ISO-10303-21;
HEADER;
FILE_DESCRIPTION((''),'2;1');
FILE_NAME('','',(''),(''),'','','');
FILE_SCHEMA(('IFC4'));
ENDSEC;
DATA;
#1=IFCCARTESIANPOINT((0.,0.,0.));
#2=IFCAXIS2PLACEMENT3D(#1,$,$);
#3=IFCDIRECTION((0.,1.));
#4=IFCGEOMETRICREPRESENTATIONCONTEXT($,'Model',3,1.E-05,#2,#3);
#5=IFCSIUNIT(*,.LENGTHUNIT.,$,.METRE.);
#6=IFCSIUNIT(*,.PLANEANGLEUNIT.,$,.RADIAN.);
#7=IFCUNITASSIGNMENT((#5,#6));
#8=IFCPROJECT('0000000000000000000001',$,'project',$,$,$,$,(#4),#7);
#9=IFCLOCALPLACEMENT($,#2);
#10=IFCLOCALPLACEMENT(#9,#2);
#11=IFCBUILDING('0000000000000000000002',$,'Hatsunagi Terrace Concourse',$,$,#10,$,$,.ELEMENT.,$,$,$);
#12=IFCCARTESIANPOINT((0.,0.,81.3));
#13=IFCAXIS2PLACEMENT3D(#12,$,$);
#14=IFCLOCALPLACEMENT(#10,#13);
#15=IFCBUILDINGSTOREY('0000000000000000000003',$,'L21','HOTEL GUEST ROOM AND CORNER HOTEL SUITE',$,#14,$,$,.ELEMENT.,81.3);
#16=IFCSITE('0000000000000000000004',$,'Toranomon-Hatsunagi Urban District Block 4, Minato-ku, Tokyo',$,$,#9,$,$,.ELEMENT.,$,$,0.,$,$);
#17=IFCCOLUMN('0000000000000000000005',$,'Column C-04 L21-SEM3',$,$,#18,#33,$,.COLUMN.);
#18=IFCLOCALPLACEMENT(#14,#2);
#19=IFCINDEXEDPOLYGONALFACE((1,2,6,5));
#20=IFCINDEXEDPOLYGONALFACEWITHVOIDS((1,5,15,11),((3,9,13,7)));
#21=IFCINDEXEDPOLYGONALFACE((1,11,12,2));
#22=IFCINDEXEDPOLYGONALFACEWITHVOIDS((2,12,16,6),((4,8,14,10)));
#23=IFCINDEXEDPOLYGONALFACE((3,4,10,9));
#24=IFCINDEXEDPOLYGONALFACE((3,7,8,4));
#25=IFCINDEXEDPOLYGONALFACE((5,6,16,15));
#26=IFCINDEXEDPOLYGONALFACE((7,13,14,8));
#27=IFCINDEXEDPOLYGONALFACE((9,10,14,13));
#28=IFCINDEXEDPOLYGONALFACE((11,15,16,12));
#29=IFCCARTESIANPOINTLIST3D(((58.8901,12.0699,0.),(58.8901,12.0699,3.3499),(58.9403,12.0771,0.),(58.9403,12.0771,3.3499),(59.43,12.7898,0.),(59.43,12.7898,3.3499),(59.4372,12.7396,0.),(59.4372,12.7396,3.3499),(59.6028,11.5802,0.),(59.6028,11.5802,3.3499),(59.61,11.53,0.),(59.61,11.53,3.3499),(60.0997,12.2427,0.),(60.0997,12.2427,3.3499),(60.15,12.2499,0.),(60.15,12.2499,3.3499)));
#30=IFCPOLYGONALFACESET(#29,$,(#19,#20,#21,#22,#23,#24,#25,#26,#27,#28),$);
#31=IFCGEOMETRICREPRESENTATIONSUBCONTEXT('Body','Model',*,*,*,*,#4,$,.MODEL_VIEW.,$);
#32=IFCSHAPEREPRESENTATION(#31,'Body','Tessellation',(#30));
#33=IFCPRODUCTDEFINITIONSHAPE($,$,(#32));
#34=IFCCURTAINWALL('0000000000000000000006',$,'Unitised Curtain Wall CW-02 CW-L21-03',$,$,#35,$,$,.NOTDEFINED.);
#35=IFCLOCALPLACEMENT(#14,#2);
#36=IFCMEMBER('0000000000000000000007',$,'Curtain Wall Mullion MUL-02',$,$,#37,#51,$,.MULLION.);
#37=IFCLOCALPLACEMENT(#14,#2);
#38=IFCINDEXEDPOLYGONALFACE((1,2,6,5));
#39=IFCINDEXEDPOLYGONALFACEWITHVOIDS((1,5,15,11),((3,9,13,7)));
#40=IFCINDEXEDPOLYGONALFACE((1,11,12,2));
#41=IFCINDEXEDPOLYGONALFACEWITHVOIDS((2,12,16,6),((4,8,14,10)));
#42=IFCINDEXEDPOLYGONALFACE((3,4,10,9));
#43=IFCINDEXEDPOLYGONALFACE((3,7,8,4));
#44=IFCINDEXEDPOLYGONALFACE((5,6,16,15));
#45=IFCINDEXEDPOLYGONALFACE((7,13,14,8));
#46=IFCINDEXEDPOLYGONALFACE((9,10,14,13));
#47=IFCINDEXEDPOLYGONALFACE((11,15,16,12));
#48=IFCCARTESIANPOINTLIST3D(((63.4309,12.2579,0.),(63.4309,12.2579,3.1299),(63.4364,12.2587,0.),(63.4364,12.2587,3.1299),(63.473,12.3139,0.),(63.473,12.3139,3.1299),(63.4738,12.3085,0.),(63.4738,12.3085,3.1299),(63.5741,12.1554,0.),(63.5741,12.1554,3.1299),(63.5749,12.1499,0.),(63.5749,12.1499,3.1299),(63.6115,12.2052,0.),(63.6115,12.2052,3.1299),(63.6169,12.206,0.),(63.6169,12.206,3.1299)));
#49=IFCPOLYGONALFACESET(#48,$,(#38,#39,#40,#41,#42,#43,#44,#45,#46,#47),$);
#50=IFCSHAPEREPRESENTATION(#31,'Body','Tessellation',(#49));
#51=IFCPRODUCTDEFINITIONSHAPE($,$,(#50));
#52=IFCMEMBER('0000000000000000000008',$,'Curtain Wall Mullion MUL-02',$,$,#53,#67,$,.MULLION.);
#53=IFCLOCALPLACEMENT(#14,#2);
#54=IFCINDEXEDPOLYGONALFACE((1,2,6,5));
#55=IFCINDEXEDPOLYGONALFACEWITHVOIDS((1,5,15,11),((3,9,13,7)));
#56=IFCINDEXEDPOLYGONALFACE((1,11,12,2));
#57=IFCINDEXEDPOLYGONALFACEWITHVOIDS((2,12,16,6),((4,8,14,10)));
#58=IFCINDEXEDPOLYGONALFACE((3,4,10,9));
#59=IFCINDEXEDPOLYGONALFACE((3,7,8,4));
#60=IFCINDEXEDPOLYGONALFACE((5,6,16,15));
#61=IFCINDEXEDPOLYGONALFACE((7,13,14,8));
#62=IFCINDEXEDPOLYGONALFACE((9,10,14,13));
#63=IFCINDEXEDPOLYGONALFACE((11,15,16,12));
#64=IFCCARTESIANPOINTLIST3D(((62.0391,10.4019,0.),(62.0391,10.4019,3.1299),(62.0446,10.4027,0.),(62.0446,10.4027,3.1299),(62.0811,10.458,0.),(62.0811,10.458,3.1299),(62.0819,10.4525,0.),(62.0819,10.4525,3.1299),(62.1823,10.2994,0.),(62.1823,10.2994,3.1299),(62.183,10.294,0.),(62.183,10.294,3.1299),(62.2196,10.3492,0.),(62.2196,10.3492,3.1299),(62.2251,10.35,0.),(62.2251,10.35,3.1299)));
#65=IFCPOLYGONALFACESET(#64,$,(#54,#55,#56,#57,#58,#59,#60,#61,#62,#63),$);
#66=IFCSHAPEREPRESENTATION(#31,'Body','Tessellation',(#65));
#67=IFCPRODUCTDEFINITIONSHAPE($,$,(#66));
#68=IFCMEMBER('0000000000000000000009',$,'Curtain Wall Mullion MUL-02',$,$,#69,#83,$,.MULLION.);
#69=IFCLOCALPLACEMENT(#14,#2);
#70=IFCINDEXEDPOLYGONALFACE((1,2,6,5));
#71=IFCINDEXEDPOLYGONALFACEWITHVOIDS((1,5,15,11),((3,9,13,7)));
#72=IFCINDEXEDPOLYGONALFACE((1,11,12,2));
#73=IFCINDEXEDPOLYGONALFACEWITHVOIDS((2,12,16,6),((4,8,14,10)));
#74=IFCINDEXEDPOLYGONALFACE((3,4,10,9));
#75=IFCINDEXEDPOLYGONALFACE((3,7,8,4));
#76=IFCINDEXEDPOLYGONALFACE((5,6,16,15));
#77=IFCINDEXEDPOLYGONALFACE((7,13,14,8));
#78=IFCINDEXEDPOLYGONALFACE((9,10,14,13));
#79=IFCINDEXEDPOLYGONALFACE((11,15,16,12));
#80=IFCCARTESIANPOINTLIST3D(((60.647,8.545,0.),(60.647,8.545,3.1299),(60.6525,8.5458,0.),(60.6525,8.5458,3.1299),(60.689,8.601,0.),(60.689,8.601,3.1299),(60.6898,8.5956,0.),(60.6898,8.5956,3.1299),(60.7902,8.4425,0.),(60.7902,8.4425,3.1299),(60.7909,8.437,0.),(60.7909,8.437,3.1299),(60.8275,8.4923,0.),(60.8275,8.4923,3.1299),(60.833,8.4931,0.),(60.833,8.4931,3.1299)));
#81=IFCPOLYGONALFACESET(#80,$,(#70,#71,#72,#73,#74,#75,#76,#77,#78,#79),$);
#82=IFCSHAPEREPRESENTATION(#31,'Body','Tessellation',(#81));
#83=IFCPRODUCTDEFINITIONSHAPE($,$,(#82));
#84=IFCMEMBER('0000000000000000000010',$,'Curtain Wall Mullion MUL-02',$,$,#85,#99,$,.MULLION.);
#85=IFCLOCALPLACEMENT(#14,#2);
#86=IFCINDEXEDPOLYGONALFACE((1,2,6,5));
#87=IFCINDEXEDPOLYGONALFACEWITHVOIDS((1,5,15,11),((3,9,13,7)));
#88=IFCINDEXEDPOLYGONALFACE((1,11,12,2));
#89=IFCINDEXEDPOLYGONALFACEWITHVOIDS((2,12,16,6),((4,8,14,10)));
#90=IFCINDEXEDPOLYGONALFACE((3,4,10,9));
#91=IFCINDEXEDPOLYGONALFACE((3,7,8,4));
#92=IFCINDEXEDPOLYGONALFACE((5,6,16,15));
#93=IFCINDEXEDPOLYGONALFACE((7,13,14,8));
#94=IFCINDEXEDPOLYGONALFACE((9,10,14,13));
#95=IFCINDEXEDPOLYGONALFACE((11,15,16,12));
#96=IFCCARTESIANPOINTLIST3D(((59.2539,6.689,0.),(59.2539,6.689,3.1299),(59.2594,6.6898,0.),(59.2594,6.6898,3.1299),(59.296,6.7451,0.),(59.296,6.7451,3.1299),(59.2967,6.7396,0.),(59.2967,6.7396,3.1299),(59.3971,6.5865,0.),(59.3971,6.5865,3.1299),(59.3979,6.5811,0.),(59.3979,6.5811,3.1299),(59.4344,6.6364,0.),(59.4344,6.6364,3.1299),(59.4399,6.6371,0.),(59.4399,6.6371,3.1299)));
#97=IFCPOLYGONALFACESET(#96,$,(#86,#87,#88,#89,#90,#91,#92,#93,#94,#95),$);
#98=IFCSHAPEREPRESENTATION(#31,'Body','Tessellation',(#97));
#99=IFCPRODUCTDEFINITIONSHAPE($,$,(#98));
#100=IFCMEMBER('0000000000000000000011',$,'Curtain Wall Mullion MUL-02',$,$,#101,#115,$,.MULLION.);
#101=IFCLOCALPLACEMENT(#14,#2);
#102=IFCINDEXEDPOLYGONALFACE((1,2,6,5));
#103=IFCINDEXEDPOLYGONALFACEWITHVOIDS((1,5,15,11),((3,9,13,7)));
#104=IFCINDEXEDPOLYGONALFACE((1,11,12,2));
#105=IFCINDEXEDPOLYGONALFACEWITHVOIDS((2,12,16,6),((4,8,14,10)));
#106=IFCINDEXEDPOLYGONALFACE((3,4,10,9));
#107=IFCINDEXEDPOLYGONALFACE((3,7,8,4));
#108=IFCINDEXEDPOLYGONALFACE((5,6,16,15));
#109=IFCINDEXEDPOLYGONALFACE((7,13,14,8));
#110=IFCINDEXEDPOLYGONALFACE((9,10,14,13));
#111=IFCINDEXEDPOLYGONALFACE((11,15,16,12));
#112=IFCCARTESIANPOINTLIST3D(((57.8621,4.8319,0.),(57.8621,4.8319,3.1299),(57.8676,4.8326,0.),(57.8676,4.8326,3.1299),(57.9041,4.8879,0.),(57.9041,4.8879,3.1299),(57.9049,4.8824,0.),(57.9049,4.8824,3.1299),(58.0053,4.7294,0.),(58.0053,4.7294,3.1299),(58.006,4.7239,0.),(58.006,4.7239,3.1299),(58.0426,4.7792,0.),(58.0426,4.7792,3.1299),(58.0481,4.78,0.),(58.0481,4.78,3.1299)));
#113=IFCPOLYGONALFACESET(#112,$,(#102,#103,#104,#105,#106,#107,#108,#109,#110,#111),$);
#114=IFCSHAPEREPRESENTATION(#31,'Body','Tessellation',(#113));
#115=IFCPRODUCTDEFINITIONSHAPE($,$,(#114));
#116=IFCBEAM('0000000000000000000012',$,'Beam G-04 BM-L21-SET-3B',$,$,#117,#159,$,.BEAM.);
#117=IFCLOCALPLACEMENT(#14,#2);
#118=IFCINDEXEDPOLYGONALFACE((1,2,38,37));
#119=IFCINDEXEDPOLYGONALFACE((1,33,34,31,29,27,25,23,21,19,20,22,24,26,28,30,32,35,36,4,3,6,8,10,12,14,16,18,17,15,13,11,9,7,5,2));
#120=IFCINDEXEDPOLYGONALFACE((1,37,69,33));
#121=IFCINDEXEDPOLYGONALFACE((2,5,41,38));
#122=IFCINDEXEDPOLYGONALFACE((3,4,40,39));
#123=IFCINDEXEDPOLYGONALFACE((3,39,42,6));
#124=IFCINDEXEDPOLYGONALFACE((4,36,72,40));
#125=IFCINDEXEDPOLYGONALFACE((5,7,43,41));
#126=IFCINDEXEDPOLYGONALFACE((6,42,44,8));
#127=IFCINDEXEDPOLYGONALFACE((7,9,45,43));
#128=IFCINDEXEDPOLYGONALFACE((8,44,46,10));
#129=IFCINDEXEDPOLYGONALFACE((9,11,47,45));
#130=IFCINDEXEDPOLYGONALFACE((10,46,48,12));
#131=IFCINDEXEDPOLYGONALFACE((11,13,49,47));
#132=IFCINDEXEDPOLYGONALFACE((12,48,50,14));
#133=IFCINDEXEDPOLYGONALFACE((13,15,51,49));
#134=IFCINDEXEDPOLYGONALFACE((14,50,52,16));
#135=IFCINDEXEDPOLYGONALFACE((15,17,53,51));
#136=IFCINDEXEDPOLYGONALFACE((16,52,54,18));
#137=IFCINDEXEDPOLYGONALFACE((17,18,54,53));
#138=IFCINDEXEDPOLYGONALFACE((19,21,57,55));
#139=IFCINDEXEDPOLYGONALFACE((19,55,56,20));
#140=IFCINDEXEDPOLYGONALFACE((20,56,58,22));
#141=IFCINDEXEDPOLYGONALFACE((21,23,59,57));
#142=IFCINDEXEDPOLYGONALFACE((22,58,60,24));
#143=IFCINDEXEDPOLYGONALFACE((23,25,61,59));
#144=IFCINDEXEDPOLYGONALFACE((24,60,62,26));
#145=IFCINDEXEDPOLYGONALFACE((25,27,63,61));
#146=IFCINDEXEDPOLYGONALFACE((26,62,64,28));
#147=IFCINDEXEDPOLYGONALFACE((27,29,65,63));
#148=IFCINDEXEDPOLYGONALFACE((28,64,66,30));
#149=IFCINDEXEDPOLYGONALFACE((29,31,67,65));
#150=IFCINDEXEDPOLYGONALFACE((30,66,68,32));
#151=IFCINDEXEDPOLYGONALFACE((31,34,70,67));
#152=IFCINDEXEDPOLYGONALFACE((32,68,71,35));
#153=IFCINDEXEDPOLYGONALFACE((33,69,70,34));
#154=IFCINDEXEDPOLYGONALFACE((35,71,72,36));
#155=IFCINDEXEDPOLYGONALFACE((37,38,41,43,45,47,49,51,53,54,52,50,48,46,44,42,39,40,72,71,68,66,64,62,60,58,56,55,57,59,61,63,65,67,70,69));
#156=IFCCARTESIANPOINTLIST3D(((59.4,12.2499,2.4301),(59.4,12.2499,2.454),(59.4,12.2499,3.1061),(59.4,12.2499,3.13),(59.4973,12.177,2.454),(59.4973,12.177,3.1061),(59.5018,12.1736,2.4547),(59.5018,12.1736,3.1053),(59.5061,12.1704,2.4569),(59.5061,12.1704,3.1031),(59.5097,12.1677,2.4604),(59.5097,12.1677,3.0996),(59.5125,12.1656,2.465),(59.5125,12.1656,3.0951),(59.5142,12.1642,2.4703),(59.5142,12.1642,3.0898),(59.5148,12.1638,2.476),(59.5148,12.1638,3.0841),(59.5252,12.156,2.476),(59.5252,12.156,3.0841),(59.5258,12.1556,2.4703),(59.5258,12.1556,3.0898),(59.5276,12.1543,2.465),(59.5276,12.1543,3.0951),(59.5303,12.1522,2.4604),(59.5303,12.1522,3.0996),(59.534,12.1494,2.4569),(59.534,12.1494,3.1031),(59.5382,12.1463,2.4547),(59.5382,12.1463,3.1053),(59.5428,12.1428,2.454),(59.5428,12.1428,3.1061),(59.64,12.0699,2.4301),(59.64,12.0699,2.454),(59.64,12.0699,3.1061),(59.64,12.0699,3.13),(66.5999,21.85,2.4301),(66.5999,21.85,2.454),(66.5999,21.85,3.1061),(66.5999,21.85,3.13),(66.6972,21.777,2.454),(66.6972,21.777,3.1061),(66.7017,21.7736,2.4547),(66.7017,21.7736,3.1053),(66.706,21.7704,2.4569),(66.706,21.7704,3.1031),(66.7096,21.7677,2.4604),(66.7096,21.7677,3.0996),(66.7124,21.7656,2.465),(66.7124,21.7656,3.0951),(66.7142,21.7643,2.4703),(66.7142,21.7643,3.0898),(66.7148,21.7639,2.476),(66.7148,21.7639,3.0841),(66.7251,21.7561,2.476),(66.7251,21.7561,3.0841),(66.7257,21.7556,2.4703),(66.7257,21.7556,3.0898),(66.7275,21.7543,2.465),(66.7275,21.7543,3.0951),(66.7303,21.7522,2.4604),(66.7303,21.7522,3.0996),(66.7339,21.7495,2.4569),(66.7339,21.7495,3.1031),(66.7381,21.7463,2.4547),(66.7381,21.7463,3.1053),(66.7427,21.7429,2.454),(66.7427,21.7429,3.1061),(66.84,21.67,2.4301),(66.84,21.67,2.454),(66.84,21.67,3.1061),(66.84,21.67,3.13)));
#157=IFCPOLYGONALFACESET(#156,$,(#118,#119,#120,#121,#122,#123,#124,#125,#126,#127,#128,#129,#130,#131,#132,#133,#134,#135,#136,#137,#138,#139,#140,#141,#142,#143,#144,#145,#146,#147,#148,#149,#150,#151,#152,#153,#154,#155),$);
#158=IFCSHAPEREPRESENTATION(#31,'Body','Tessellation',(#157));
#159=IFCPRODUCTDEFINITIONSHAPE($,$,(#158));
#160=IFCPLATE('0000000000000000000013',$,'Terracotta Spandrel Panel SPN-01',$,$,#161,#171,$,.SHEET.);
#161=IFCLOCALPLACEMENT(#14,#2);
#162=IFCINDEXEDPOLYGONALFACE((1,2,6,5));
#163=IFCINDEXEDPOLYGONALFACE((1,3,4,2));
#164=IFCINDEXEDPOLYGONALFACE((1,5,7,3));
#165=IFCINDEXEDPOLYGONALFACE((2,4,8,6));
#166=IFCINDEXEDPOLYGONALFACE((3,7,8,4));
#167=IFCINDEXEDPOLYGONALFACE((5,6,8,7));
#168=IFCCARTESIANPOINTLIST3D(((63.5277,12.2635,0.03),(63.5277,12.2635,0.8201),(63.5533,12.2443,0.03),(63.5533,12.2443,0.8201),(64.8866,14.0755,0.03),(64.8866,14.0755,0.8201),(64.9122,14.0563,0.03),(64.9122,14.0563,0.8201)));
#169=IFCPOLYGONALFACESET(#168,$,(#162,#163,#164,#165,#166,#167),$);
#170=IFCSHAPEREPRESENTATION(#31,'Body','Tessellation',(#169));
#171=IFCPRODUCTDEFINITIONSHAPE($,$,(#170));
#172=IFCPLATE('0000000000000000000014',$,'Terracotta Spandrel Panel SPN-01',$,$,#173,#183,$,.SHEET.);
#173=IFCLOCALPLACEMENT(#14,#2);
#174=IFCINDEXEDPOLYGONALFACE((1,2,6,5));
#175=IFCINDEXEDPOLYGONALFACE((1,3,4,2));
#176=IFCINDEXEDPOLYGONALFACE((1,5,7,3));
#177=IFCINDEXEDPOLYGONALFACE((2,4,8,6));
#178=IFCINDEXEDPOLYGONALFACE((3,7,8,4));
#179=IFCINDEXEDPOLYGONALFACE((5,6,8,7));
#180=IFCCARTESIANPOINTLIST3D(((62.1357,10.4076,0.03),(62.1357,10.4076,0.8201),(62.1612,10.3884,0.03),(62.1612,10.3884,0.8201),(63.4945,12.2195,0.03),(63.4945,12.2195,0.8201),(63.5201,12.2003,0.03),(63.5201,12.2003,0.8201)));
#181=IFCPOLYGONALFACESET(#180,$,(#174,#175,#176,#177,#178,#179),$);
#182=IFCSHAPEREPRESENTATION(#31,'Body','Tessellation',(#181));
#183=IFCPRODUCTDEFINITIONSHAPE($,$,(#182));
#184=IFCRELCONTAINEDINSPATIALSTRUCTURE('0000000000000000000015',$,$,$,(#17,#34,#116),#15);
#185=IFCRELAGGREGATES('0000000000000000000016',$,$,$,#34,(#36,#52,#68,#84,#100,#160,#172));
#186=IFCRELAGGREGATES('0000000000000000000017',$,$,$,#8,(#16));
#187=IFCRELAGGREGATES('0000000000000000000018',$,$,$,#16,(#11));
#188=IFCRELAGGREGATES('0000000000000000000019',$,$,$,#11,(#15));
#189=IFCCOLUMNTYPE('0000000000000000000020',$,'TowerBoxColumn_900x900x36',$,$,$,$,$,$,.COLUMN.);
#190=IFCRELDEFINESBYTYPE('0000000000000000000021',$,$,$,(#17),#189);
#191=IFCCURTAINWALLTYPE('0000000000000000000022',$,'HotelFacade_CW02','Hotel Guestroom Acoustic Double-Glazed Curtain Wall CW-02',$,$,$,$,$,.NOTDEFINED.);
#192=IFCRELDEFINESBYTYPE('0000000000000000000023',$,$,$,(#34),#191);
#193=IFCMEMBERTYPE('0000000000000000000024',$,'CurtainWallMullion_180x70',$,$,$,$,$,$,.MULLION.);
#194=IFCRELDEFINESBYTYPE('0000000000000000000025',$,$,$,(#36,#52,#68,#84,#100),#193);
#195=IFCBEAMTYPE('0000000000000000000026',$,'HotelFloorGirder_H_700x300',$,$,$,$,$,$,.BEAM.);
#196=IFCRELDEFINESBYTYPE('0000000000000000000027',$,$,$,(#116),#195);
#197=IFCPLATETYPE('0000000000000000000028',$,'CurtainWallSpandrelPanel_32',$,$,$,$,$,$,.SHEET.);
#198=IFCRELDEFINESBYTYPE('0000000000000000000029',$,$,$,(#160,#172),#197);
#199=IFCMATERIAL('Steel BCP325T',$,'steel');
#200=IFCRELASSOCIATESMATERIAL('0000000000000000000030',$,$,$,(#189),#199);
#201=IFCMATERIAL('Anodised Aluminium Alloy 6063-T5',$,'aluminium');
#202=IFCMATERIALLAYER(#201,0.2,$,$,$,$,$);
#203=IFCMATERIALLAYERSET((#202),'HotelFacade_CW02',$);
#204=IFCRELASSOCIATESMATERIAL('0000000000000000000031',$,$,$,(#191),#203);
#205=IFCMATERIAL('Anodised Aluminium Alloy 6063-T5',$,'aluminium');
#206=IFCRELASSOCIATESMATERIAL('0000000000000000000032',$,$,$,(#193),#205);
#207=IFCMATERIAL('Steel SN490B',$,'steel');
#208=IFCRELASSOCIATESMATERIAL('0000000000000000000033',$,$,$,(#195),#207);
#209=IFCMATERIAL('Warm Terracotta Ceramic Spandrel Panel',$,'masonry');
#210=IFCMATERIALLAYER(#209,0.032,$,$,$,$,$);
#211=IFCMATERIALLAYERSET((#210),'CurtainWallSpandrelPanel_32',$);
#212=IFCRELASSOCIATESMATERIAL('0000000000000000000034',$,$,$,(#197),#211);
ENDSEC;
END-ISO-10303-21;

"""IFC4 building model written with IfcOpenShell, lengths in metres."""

from ifc_helpers import new_model, si_unit, direction, frame, origin, origin_2d, place, context, subcontext, project, spatial, rectangle, hollow_rectangle, i_section, extrude, material, layer, layer_set, material_profile, profile_set, type_object, element, aggregate, save


model = new_model("IFC4")

# Units and contexts
model_context = context("Model", 3, precision=1e-05, world=origin(), true_north=direction((0.0, 1.0)))
body_context = subcontext(model_context, "Body", "Model", "MODEL_VIEW")
ifc_project = project(units=[si_unit("LENGTHUNIT", "METRE"), si_unit("PLANEANGLEUNIT", "RADIAN")], contexts=[model_context])

# Site, building, storey
site_placement = place(None, origin())
site = spatial("IfcSite", under=ifc_project, at=site_placement, Name="Toranomon-Hatsunagi Urban District Block 4, Minato-ku, Tokyo", CompositionType="ELEMENT", RefElevation=0.0)
building_placement = place(site_placement, origin())
building = spatial("IfcBuilding", under=site, at=building_placement, Name="Hatsunagi Terrace Concourse", CompositionType="ELEMENT")
storey_placement = place(building_placement, frame((0.0, 0.0, 81.3)))
storey = spatial("IfcBuildingStorey", under=building, at=storey_placement, Name="L21", Description="HOTEL GUEST ROOM AND CORNER HOTEL SUITE", CompositionType="ELEMENT", Elevation=81.3)

# Column
ifc_material_1 = material(Name="Steel BCP325T", Category="steel")
ifc_material_profile_1 = material_profile(ifc_material_1, hollow_rectangle(XDim=0.8999, YDim=0.8999, WallThickness=0.0359, at=origin_2d()), Name="BCP-900x900x36")
ifc_profile_set_1 = profile_set([ifc_material_profile_1], Name="Steel BCP325T")
column_type = type_object("IfcColumnType", Name="TowerBoxColumn_900x900x36", PredefinedType="COLUMN", material=ifc_profile_set_1)
column_placement = place(storey_placement, frame((59.52, 12.1599, 0.0), z_axis=(0.0, 0.0, 1.0), x_axis=(0.8, -0.6, 0.0)))
element("IfcColumn", 1, at=column_placement, inside=storey, type_object=column_type, Name="Column C-04 L21-SEM3", PredefinedType="COLUMN", context=body_context, shape_type="SweptSolid", body=[
    extrude(hollow_rectangle(XDim=0.8999, YDim=0.8999, WallThickness=0.0359, at=origin_2d()), origin(), (0.0, 0.0, 1.0), 3.3499),
])

# Curtain wall, members
ifc_material_2 = material(Name="Anodised Aluminium Alloy 6063-T5", Category="aluminium")
ifc_layer_1 = layer(ifc_material_2, 0.2)
ifc_layer_set_1 = layer_set([ifc_layer_1], Name="HotelFacade_CW02")
curtain_wall_type = type_object("IfcCurtainWallType", Name="HotelFacade_CW02", Description="Hotel Guestroom Acoustic Double-Glazed Curtain Wall CW-02", PredefinedType="NOTDEFINED", material=ifc_layer_set_1)
curtain_wall_placement = place(storey_placement, origin())
curtain_wall = element("IfcCurtainWall", 2, at=curtain_wall_placement, inside=storey, type_object=curtain_wall_type, Name="Unitised Curtain Wall CW-02 CW-L21-03", PredefinedType="NOTDEFINED")
ifc_material_3 = material(Name="Anodised Aluminium Alloy 6063-T5", Category="aluminium")
ifc_material_profile_2 = material_profile(ifc_material_3, hollow_rectangle(XDim=0.0701, YDim=0.1799, WallThickness=0.0039, at=origin_2d()), Name="ALU-MUL-180x70x4")
ifc_profile_set_2 = profile_set([ifc_material_profile_2], Name="Anodised Aluminium Alloy 6063-T5")
member_type = type_object("IfcMemberType", Name="CurtainWallMullion_180x70", PredefinedType="MULLION", material=ifc_profile_set_2)
member_1_placement = place(storey_placement, frame((63.5239, 12.2319, 0.0), z_axis=(0.0, 0.0, 1.0), x_axis=(-0.599969, -0.800023, 0.0)))
member_1 = element("IfcMember", 3, at=member_1_placement, type_object=member_type, Name="Curtain Wall Mullion MUL-02", PredefinedType="MULLION", context=body_context, shape_type="SweptSolid", body=[
    extrude(hollow_rectangle(XDim=0.0701, YDim=0.1799, WallThickness=0.0039, at=origin_2d()), origin(), (0.0, 0.0, 1.0), 3.1299),
])
member_2_placement = place(storey_placement, frame((62.1321, 10.376, 0.0), z_axis=(0.0, 0.0, 1.0), x_axis=(-0.599969, -0.800023, 0.0)))
member_2 = element("IfcMember", 4, at=member_2_placement, type_object=member_type, Name="Curtain Wall Mullion MUL-02", PredefinedType="MULLION", context=body_context, shape_type="SweptSolid", body=[
    extrude(hollow_rectangle(XDim=0.0701, YDim=0.1799, WallThickness=0.0039, at=origin_2d()), origin(), (0.0, 0.0, 1.0), 3.1299),
])
member_3_placement = place(storey_placement, frame((60.74, 8.519, 0.0), z_axis=(0.0, 0.0, 1.0), x_axis=(-0.599969, -0.800023, 0.0)))
member_3 = element("IfcMember", 5, at=member_3_placement, type_object=member_type, Name="Curtain Wall Mullion MUL-02", PredefinedType="MULLION", context=body_context, shape_type="SweptSolid", body=[
    extrude(hollow_rectangle(XDim=0.0701, YDim=0.1799, WallThickness=0.0039, at=origin_2d()), origin(), (0.0, 0.0, 1.0), 3.1299),
])
member_4_placement = place(storey_placement, frame((59.3469, 6.6631, 0.0), z_axis=(0.0, 0.0, 1.0), x_axis=(-0.599969, -0.800023, 0.0)))
member_4 = element("IfcMember", 6, at=member_4_placement, type_object=member_type, Name="Curtain Wall Mullion MUL-02", PredefinedType="MULLION", context=body_context, shape_type="SweptSolid", body=[
    extrude(hollow_rectangle(XDim=0.0701, YDim=0.1799, WallThickness=0.0039, at=origin_2d()), origin(), (0.0, 0.0, 1.0), 3.1299),
])
member_5_placement = place(storey_placement, frame((57.9551, 4.8059, 0.0), z_axis=(0.0, 0.0, 1.0), x_axis=(-0.599969, -0.800023, 0.0)))
member_5 = element("IfcMember", 7, at=member_5_placement, type_object=member_type, Name="Curtain Wall Mullion MUL-02", PredefinedType="MULLION", context=body_context, shape_type="SweptSolid", body=[
    extrude(hollow_rectangle(XDim=0.0701, YDim=0.1799, WallThickness=0.0039, at=origin_2d()), origin(), (0.0, 0.0, 1.0), 3.1299),
])

# Beam
ifc_material_4 = material(Name="Steel SN490B", Category="steel")
ifc_material_profile_3 = material_profile(ifc_material_4, i_section(OverallWidth=0.3, OverallDepth=0.7, WebThickness=0.0129, FlangeThickness=0.0239, FilletRadius=0.022, at=origin_2d()), Name="H-700x300x13x24")
ifc_profile_set_3 = profile_set([ifc_material_profile_3], Name="Steel SN490B")
beam_type = type_object("IfcBeamType", Name="HotelFloorGirder_H_700x300", PredefinedType="BEAM", material=ifc_profile_set_3)
beam_placement = place(storey_placement, frame((59.52, 12.1599, 2.78), z_axis=(0.599993, 0.800005, 0.0), x_axis=(-0.800005, 0.599993, 0.0)))
element("IfcBeam", 8, at=beam_placement, inside=storey, type_object=beam_type, Name="Beam G-04 BM-L21-SET-3B", PredefinedType="BEAM", context=body_context, shape_type="SweptSolid", body=[
    extrude(i_section(OverallWidth=0.3, OverallDepth=0.7, WebThickness=0.0129, FlangeThickness=0.0239, FilletRadius=0.022, at=origin_2d()), origin(), (0.0, 0.0, 1.0), 12.0),
])

# Plates
ifc_material_5 = material(Name="Warm Terracotta Ceramic Spandrel Panel", Category="masonry")
ifc_layer_2 = layer(ifc_material_5, 0.032)
ifc_layer_set_2 = layer_set([ifc_layer_2], Name="CurtainWallSpandrelPanel_32")
plate_type_1 = type_object("IfcPlateType", Name="CurtainWallSpandrelPanel_32", PredefinedType="SHEET", material=ifc_layer_set_2)
plate_1_placement = place(storey_placement, frame((64.22, 13.1599, 0.03), z_axis=(0.0, 0.0, 1.0), x_axis=(-0.599969, -0.800023, 0.0)))
plate_1 = element("IfcPlate", 9, at=plate_1_placement, type_object=plate_type_1, Name="Terracotta Spandrel Panel SPN-01", PredefinedType="SHEET", context=body_context, shape_type="SweptSolid", body=[
    extrude(rectangle(XDim=2.2649, YDim=0.032, at=origin_2d()), origin(), (0.0, 0.0, 1.0), 0.79),
])
plate_2_placement = place(storey_placement, frame((62.8279, 11.304, 0.03), z_axis=(0.0, 0.0, 1.0), x_axis=(-0.599969, -0.800023, 0.0)))
plate_2 = element("IfcPlate", 10, at=plate_2_placement, type_object=plate_type_1, Name="Terracotta Spandrel Panel SPN-01", PredefinedType="SHEET", context=body_context, shape_type="SweptSolid", body=[
    extrude(rectangle(XDim=2.2649, YDim=0.032, at=origin_2d()), origin(), (0.0, 0.0, 1.0), 0.79),
])
aggregate(curtain_wall, [member_1, member_2, member_3, member_4, member_5, plate_1, plate_2])

save(model, "model.ifc")
